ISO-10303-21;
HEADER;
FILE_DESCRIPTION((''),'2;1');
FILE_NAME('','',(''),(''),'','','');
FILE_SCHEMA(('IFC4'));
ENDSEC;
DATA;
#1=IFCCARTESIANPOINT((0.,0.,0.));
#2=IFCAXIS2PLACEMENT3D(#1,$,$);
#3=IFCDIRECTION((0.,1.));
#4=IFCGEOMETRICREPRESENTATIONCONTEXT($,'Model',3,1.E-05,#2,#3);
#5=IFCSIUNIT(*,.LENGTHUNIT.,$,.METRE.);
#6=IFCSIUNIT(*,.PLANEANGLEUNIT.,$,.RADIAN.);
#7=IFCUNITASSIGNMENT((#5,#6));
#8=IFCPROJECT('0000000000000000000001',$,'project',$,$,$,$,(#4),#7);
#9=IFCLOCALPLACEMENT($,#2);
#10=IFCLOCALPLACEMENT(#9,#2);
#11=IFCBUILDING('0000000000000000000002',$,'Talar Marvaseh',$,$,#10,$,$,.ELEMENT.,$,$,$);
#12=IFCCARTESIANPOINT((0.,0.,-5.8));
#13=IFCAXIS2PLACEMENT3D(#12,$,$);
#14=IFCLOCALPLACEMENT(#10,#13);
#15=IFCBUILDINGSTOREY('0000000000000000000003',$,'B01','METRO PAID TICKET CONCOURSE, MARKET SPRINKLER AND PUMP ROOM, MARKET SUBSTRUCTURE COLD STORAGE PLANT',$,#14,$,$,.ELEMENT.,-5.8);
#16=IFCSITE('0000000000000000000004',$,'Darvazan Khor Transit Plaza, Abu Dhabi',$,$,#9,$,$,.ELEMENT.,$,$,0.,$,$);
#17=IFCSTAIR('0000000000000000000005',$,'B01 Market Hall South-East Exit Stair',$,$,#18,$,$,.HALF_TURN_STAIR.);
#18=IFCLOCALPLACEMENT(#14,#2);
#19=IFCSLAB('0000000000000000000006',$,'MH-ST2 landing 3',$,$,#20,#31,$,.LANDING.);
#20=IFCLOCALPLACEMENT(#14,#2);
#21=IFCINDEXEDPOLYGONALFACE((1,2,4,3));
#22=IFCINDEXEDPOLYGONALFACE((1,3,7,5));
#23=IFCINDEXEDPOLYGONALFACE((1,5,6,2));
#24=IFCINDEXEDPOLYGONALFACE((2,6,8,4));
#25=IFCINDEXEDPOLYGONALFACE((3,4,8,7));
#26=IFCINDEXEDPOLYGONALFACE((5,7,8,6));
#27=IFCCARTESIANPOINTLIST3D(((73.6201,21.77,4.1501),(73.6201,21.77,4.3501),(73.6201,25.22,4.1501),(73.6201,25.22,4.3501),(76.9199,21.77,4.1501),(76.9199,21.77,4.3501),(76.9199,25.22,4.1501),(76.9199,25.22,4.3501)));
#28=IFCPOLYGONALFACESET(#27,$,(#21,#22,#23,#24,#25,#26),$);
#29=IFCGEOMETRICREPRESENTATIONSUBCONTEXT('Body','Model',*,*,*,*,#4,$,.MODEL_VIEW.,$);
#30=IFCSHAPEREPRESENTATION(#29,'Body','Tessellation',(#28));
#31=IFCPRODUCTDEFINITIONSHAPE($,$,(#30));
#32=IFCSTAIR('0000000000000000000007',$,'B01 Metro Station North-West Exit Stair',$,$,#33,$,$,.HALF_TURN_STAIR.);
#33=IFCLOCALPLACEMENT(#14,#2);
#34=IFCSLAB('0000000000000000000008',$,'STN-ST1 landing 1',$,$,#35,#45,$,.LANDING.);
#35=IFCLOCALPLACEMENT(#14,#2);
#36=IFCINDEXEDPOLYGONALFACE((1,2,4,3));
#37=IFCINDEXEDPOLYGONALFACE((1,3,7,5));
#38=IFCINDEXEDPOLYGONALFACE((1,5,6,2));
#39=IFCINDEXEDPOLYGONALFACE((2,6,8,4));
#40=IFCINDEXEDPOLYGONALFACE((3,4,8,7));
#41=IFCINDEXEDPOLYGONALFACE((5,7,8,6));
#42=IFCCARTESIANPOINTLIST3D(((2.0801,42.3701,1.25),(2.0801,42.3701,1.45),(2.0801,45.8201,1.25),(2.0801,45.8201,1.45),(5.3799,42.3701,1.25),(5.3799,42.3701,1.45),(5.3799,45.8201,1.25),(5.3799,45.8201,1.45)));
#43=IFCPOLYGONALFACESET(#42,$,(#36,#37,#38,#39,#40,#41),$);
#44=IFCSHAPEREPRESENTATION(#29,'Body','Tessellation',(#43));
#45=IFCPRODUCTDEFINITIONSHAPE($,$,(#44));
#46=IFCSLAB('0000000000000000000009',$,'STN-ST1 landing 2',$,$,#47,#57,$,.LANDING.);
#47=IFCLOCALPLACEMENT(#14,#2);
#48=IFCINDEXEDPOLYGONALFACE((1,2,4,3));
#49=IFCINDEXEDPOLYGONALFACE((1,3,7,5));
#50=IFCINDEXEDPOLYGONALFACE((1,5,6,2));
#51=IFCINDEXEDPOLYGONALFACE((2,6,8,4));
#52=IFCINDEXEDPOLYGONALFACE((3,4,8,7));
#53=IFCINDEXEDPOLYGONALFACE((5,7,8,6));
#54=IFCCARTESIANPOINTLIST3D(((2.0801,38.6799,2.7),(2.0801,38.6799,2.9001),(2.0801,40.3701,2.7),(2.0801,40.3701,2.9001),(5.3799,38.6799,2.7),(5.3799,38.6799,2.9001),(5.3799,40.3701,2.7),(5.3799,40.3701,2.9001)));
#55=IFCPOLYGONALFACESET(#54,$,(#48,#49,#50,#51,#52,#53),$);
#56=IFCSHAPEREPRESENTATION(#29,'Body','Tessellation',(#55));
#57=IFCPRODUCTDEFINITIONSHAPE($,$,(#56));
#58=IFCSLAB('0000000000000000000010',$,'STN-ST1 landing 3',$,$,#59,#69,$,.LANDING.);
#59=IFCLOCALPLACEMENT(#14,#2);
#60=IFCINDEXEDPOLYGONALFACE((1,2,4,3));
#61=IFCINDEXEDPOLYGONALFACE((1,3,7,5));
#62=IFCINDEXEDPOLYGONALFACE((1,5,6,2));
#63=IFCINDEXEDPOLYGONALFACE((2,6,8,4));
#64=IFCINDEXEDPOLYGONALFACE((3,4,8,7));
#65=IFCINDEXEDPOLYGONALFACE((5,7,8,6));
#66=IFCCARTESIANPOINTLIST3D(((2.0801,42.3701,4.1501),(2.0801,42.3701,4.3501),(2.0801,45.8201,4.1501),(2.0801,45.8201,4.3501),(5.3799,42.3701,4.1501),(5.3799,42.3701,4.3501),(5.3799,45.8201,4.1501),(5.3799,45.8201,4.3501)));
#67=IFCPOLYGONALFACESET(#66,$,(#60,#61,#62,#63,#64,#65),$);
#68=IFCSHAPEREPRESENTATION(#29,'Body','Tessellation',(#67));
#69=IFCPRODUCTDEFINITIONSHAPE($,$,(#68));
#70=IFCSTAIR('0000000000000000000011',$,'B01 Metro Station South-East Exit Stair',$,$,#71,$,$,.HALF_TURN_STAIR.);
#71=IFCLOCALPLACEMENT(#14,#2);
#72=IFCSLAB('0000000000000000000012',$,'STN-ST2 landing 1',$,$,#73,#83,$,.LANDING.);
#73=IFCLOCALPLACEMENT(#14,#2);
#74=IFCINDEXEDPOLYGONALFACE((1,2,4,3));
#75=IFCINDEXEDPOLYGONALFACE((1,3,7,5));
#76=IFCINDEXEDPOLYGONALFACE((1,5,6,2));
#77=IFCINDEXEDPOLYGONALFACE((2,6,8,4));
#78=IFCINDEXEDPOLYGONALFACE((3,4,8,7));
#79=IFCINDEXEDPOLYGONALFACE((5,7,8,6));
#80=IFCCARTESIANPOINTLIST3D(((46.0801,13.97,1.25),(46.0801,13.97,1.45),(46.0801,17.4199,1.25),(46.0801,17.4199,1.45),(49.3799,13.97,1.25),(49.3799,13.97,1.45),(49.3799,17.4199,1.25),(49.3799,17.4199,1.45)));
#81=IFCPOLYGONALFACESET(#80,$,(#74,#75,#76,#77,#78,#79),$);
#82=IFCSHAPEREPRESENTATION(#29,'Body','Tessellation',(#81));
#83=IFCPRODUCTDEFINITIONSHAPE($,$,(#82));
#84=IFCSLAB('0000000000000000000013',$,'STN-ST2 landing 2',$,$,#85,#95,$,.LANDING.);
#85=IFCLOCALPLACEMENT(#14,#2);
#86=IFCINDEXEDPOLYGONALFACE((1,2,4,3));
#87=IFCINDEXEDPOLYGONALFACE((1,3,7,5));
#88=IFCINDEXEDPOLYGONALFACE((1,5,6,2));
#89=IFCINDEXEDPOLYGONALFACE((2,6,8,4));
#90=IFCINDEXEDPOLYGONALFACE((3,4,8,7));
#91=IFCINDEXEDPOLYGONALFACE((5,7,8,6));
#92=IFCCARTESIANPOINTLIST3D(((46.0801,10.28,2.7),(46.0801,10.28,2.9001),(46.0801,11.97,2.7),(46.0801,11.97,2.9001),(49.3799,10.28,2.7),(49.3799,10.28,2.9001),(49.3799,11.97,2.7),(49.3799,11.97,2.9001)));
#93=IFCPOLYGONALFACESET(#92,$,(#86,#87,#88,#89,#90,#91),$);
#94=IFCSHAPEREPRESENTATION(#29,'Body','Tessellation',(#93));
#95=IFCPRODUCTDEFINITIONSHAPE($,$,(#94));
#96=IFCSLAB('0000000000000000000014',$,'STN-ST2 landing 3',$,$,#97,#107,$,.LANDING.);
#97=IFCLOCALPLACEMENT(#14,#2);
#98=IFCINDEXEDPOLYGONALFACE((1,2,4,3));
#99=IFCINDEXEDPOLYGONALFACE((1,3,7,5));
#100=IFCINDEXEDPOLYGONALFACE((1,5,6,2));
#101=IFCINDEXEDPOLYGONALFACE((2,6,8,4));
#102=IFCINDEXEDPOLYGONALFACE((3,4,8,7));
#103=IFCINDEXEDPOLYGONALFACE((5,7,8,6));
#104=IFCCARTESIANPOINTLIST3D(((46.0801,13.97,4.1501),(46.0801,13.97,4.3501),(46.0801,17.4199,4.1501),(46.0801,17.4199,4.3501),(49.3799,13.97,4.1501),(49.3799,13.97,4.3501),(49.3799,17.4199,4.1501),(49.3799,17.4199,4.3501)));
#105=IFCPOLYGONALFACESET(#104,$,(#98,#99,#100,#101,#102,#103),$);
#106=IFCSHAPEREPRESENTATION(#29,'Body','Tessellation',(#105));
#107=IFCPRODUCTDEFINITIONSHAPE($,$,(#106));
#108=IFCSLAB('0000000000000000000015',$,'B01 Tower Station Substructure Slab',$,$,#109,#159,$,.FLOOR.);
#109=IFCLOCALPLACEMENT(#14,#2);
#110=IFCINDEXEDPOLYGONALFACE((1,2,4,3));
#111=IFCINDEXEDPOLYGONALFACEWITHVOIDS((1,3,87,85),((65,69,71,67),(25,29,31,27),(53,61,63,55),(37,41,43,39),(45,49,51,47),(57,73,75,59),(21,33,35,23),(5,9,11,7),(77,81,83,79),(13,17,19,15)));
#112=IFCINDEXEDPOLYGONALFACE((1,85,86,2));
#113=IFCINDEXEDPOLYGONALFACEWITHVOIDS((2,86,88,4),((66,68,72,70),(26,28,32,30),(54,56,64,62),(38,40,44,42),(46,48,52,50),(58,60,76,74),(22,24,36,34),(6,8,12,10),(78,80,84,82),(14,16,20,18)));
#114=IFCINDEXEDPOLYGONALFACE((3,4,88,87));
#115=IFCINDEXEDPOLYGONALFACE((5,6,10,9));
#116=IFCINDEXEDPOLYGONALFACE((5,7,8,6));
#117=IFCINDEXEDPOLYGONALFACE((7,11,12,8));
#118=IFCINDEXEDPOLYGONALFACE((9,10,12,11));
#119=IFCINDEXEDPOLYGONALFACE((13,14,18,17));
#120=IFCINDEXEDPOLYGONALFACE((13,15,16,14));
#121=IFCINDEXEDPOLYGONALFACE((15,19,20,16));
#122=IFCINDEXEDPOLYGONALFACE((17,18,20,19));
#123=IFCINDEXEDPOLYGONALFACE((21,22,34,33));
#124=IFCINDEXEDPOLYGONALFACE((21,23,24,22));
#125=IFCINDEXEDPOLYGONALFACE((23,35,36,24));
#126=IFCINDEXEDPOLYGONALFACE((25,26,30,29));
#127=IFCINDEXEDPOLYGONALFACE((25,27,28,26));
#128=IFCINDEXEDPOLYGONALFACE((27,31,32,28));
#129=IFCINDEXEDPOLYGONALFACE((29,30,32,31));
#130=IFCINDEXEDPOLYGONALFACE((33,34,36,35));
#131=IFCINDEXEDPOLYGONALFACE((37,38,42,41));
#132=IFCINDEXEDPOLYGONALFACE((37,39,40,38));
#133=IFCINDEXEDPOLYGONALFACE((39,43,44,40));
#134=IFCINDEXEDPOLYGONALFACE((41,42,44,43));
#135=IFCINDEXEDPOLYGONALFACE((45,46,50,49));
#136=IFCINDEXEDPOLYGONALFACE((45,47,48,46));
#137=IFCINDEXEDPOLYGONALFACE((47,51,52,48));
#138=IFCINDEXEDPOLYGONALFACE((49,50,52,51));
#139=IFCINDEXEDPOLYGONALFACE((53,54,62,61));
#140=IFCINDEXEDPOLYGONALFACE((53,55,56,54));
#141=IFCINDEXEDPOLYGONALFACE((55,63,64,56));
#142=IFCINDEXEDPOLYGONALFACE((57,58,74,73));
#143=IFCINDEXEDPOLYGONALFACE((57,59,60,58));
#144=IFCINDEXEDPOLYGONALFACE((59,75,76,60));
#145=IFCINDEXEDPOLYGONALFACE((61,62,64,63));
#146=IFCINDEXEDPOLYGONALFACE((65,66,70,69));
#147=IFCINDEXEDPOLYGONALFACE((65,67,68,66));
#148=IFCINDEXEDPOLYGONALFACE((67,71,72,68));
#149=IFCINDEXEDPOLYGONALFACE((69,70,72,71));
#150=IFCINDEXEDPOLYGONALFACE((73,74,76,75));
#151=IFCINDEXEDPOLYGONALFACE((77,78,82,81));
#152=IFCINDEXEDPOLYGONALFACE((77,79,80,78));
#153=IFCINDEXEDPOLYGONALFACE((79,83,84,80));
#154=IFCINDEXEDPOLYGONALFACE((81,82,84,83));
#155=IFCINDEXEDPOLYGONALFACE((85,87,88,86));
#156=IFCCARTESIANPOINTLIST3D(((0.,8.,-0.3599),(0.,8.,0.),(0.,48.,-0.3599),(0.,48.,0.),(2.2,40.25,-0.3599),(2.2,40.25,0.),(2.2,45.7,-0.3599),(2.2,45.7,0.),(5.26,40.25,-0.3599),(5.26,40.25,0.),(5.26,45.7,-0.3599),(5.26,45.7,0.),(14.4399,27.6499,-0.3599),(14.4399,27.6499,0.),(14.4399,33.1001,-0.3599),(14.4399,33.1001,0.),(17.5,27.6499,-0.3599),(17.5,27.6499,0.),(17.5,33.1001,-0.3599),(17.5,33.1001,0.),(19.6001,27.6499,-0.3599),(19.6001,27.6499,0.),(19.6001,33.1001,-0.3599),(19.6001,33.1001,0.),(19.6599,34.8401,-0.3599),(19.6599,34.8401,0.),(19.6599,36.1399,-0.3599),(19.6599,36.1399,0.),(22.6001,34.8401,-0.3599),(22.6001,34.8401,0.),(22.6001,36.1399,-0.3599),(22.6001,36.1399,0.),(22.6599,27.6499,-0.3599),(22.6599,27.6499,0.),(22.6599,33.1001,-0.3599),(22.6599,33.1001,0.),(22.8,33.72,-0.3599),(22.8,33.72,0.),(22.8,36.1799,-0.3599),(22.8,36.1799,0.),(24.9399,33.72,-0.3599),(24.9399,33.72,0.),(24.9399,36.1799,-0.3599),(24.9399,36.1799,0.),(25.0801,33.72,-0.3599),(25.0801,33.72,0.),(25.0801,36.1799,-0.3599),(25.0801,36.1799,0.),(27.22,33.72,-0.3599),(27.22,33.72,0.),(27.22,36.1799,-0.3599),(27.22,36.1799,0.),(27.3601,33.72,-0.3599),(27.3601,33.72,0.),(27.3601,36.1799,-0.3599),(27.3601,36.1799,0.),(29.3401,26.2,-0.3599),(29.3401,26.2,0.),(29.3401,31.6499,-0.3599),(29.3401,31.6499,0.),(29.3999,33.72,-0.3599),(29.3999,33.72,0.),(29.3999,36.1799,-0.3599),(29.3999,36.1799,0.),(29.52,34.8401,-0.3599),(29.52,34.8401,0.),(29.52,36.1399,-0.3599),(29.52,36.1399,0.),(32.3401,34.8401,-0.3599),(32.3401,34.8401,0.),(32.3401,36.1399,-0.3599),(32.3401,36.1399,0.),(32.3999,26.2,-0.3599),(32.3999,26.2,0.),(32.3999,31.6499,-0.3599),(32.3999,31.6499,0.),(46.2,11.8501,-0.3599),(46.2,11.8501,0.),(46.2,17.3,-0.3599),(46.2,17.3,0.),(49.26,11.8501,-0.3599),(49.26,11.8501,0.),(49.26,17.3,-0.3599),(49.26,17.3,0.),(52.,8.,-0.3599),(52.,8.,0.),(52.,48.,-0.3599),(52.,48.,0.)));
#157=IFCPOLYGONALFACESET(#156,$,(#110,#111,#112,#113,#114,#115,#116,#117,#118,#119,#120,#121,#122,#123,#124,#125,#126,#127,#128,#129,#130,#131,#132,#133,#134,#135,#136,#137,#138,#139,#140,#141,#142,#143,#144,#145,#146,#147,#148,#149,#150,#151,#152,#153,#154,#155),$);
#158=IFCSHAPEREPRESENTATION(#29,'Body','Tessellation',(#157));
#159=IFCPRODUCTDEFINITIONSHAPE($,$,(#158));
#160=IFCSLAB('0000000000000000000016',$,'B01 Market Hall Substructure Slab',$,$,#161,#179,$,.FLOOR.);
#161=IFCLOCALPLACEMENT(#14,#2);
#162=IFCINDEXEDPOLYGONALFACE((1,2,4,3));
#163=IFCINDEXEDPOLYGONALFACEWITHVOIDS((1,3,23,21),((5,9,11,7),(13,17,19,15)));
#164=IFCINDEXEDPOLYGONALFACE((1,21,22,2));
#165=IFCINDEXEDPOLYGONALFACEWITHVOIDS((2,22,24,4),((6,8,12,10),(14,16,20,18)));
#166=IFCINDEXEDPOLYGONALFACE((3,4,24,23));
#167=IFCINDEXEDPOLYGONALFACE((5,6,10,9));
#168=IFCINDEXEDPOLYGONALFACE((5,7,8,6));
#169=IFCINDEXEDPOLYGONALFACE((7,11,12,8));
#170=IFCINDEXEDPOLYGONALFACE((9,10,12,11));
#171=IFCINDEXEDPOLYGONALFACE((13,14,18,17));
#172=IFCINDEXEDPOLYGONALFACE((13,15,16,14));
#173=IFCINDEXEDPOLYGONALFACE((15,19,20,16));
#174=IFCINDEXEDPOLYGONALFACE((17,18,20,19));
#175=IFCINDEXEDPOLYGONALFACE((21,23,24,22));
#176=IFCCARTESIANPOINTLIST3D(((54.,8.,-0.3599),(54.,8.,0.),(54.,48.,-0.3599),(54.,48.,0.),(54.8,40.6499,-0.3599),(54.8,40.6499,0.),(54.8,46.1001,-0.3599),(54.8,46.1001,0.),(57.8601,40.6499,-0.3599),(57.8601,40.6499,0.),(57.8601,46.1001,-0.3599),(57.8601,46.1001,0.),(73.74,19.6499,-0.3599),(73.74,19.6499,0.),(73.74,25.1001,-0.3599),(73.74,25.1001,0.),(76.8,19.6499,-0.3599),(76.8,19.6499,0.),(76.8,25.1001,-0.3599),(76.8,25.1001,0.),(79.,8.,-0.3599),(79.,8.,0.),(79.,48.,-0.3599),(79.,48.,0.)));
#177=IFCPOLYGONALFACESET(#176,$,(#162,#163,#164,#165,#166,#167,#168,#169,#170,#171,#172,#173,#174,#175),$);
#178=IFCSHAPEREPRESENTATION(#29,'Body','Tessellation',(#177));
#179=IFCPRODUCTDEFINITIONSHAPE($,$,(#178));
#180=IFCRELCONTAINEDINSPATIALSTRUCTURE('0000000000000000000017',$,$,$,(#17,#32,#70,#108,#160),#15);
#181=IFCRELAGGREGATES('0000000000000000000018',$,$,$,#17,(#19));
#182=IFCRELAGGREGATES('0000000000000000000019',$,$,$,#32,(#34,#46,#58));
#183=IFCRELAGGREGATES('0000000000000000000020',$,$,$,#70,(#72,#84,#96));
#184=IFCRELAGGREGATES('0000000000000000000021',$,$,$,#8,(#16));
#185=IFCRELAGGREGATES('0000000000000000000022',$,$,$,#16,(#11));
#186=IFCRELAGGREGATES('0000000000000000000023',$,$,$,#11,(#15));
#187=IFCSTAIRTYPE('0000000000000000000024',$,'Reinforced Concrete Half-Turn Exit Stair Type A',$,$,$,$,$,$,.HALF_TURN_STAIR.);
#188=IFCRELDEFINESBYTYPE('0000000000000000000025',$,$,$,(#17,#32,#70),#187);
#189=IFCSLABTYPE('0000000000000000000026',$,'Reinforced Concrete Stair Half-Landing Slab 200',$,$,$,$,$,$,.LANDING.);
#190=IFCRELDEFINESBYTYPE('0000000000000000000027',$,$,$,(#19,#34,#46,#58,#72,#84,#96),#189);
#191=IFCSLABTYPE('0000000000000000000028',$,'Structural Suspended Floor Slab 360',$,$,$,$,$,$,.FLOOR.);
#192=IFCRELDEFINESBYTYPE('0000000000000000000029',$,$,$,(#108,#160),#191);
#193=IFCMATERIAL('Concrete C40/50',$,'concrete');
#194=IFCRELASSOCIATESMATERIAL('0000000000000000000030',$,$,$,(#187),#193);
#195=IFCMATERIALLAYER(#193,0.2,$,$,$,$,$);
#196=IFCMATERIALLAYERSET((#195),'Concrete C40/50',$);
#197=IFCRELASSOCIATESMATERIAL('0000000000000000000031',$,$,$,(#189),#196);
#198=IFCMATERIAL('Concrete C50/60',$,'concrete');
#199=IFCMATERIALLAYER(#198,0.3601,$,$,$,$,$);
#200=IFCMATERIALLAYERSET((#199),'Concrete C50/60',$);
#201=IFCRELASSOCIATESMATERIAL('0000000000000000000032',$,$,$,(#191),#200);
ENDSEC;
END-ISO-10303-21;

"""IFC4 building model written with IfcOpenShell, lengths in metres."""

from ifc_helpers import new_model, si_unit, direction, frame, origin, place, context, subcontext, project, spatial, polyline, outline, extrude, material, layer, layer_set, type_object, element, aggregate, save


model = new_model("IFC4")

# Units and contexts
model_context = context("Model", 3, precision=1e-05, world=origin(), true_north=direction((0.0, 1.0)))
body_context = subcontext(model_context, "Body", "Model", "MODEL_VIEW")
ifc_project = project(units=[si_unit("LENGTHUNIT", "METRE"), si_unit("PLANEANGLEUNIT", "RADIAN")], contexts=[model_context])

# Site, building, storey
site_placement = place(None, origin())
site = spatial("IfcSite", under=ifc_project, at=site_placement, Name="Darvazan Khor Transit Plaza, Abu Dhabi", CompositionType="ELEMENT", RefElevation=0.0)
building_placement = place(site_placement, origin())
building = spatial("IfcBuilding", under=site, at=building_placement, Name="Talar Marvaseh", CompositionType="ELEMENT")
storey_placement = place(building_placement, frame((0.0, 0.0, -5.8)))
storey = spatial("IfcBuildingStorey", under=building, at=storey_placement, Name="B01", Description="METRO PAID TICKET CONCOURSE, MARKET SPRINKLER AND PUMP ROOM, MARKET SUBSTRUCTURE COLD STORAGE PLANT", CompositionType="ELEMENT", Elevation=-5.8)

# Shared definitions
ifc_material_1 = material(Name="Concrete C40/50", Category="concrete")

# Stairs, slabs
stair_type = type_object("IfcStairType", Name="Reinforced Concrete Half-Turn Exit Stair Type A", PredefinedType="HALF_TURN_STAIR", material=ifc_material_1)
ifc_layer_1 = layer(ifc_material_1, 0.2)
ifc_layer_set_1 = layer_set([ifc_layer_1], Name="Concrete C40/50")
slab_type_1 = type_object("IfcSlabType", Name="Reinforced Concrete Stair Half-Landing Slab 200", PredefinedType="LANDING", material=ifc_layer_set_1)
stair_1_placement = place(storey_placement, origin())
stair_1 = element("IfcStair", 1, at=stair_1_placement, inside=storey, type_object=stair_type, Name="B01 Market Hall South-East Exit Stair", PredefinedType="HALF_TURN_STAIR")
slab_1_placement = place(storey_placement, frame((0.0, 0.0, 4.1501)))
slab_1 = element("IfcSlab", 2, at=slab_1_placement, type_object=slab_type_1, Name="MH-ST2 landing 3", PredefinedType="LANDING", context=body_context, shape_type="SweptSolid", body=[
    extrude(outline(polyline([(76.9199, 21.77), (76.9199, 25.22), (73.6201, 25.22), (73.6201, 21.77), (76.9199, 21.77)])), origin(), (0.0, 0.0, 1.0), 0.2),
])
aggregate(stair_1, [slab_1])
stair_2_placement = place(storey_placement, origin())
stair_2 = element("IfcStair", 3, at=stair_2_placement, inside=storey, type_object=stair_type, Name="B01 Metro Station North-West Exit Stair", PredefinedType="HALF_TURN_STAIR")
slab_2_placement = place(storey_placement, frame((0.0, 0.0, 1.25)))
slab_2 = element("IfcSlab", 4, at=slab_2_placement, type_object=slab_type_1, Name="STN-ST1 landing 1", PredefinedType="LANDING", context=body_context, shape_type="SweptSolid", body=[
    extrude(outline(polyline([(5.3799, 42.3701), (5.3799, 45.8201), (2.0801, 45.8201), (2.0801, 42.3701), (5.3799, 42.3701)])), origin(), (0.0, 0.0, 1.0), 0.2),
])
slab_3_placement = place(storey_placement, frame((0.0, 0.0, 2.7)))
slab_3 = element("IfcSlab", 5, at=slab_3_placement, type_object=slab_type_1, Name="STN-ST1 landing 2", PredefinedType="LANDING", context=body_context, shape_type="SweptSolid", body=[
    extrude(outline(polyline([(5.3799, 38.6799), (5.3799, 40.3701), (2.0801, 40.3701), (2.0801, 38.6799), (5.3799, 38.6799)])), origin(), (0.0, 0.0, 1.0), 0.2002),
])
slab_4_placement = place(storey_placement, frame((0.0, 0.0, 4.1501)))
slab_4 = element("IfcSlab", 6, at=slab_4_placement, type_object=slab_type_1, Name="STN-ST1 landing 3", PredefinedType="LANDING", context=body_context, shape_type="SweptSolid", body=[
    extrude(outline(polyline([(5.3799, 42.3701), (5.3799, 45.8201), (2.0801, 45.8201), (2.0801, 42.3701), (5.3799, 42.3701)])), origin(), (0.0, 0.0, 1.0), 0.2),
])
aggregate(stair_2, [slab_2, slab_3, slab_4])
stair_3_placement = place(storey_placement, origin())
stair_3 = element("IfcStair", 7, at=stair_3_placement, inside=storey, type_object=stair_type, Name="B01 Metro Station South-East Exit Stair", PredefinedType="HALF_TURN_STAIR")
slab_5_placement = place(storey_placement, frame((0.0, 0.0, 1.25)))
slab_5 = element("IfcSlab", 8, at=slab_5_placement, type_object=slab_type_1, Name="STN-ST2 landing 1", PredefinedType="LANDING", context=body_context, shape_type="SweptSolid", body=[
    extrude(outline(polyline([(49.3799, 13.97), (49.3799, 17.4199), (46.0801, 17.4199), (46.0801, 13.97), (49.3799, 13.97)])), origin(), (0.0, 0.0, 1.0), 0.2),
])
slab_6_placement = place(storey_placement, frame((0.0, 0.0, 2.7)))
slab_6 = element("IfcSlab", 9, at=slab_6_placement, type_object=slab_type_1, Name="STN-ST2 landing 2", PredefinedType="LANDING", context=body_context, shape_type="SweptSolid", body=[
    extrude(outline(polyline([(49.3799, 10.28), (49.3799, 11.97), (46.0801, 11.97), (46.0801, 10.28), (49.3799, 10.28)])), origin(), (0.0, 0.0, 1.0), 0.2002),
])
slab_7_placement = place(storey_placement, frame((0.0, 0.0, 4.1501)))
slab_7 = element("IfcSlab", 10, at=slab_7_placement, type_object=slab_type_1, Name="STN-ST2 landing 3", PredefinedType="LANDING", context=body_context, shape_type="SweptSolid", body=[
    extrude(outline(polyline([(49.3799, 13.97), (49.3799, 17.4199), (46.0801, 17.4199), (46.0801, 13.97), (49.3799, 13.97)])), origin(), (0.0, 0.0, 1.0), 0.2),
])
aggregate(stair_3, [slab_5, slab_6, slab_7])

# Slabs
ifc_material_2 = material(Name="Concrete C50/60", Category="concrete")
ifc_layer_2 = layer(ifc_material_2, 0.3601)
ifc_layer_set_2 = layer_set([ifc_layer_2], Name="Concrete C50/60")
slab_type_2 = type_object("IfcSlabType", Name="Structural Suspended Floor Slab 360", PredefinedType="FLOOR", material=ifc_layer_set_2)
slab_8_placement = place(storey_placement, frame((0.0, 0.0, -0.3599)))
element("IfcSlab", 11, at=slab_8_placement, inside=storey, type_object=slab_type_2, Name="B01 Tower Station Substructure Slab", PredefinedType="FLOOR", context=body_context, shape_type="SweptSolid", body=[
    extrude(outline(polyline([(0.0, 8.0), (52.0, 8.0), (52.0, 48.0), (0.0, 48.0), (0.0, 8.0)]), holes=[polyline([(22.6599, 27.6499), (22.6599, 33.1001), (19.6001, 33.1001), (19.6001, 27.6499), (22.6599, 27.6499)]), polyline([(29.3401, 31.6499), (29.3401, 26.2), (32.3999, 26.2), (32.3999, 31.6499), (29.3401, 31.6499)]), polyline([(17.5, 27.6499), (17.5, 33.1001), (14.4399, 33.1001), (14.4399, 27.6499), (17.5, 27.6499)]), polyline([(5.26, 40.25), (5.26, 45.7), (2.2, 45.7), (2.2, 40.25), (5.26, 40.25)]), polyline([(49.26, 11.8501), (49.26, 17.3), (46.2, 17.3), (46.2, 11.8501), (49.26, 11.8501)]), polyline([(22.8, 33.72), (24.9399, 33.72), (24.9399, 36.1799), (22.8, 36.1799), (22.8, 33.72)]), polyline([(25.0801, 33.72), (27.22, 33.72), (27.22, 36.1799), (25.0801, 36.1799), (25.0801, 33.72)]), polyline([(27.3601, 33.72), (29.3999, 33.72), (29.3999, 36.1799), (27.3601, 36.1799), (27.3601, 33.72)]), polyline([(19.6599, 34.8401), (22.6001, 34.8401), (22.6001, 36.1399), (19.6599, 36.1399), (19.6599, 34.8401)]), polyline([(29.52, 34.8401), (32.3401, 34.8401), (32.3401, 36.1399), (29.52, 36.1399), (29.52, 34.8401)])]), origin(), (0.0, 0.0, 1.0), 0.3599),
])
slab_9_placement = place(storey_placement, frame((0.0, 0.0, -0.3599)))
element("IfcSlab", 12, at=slab_9_placement, inside=storey, type_object=slab_type_2, Name="B01 Market Hall Substructure Slab", PredefinedType="FLOOR", context=body_context, shape_type="SweptSolid", body=[
    extrude(outline(polyline([(54.0, 8.0), (79.0, 8.0), (79.0, 48.0), (54.0, 48.0), (54.0, 8.0)]), holes=[polyline([(57.8601, 40.6499), (57.8601, 46.1001), (54.8, 46.1001), (54.8, 40.6499), (57.8601, 40.6499)]), polyline([(76.8, 19.6499), (76.8, 25.1001), (73.74, 25.1001), (73.74, 19.6499), (76.8, 19.6499)])]), origin(), (0.0, 0.0, 1.0), 0.3599),
])

save(model, "model.ifc")
